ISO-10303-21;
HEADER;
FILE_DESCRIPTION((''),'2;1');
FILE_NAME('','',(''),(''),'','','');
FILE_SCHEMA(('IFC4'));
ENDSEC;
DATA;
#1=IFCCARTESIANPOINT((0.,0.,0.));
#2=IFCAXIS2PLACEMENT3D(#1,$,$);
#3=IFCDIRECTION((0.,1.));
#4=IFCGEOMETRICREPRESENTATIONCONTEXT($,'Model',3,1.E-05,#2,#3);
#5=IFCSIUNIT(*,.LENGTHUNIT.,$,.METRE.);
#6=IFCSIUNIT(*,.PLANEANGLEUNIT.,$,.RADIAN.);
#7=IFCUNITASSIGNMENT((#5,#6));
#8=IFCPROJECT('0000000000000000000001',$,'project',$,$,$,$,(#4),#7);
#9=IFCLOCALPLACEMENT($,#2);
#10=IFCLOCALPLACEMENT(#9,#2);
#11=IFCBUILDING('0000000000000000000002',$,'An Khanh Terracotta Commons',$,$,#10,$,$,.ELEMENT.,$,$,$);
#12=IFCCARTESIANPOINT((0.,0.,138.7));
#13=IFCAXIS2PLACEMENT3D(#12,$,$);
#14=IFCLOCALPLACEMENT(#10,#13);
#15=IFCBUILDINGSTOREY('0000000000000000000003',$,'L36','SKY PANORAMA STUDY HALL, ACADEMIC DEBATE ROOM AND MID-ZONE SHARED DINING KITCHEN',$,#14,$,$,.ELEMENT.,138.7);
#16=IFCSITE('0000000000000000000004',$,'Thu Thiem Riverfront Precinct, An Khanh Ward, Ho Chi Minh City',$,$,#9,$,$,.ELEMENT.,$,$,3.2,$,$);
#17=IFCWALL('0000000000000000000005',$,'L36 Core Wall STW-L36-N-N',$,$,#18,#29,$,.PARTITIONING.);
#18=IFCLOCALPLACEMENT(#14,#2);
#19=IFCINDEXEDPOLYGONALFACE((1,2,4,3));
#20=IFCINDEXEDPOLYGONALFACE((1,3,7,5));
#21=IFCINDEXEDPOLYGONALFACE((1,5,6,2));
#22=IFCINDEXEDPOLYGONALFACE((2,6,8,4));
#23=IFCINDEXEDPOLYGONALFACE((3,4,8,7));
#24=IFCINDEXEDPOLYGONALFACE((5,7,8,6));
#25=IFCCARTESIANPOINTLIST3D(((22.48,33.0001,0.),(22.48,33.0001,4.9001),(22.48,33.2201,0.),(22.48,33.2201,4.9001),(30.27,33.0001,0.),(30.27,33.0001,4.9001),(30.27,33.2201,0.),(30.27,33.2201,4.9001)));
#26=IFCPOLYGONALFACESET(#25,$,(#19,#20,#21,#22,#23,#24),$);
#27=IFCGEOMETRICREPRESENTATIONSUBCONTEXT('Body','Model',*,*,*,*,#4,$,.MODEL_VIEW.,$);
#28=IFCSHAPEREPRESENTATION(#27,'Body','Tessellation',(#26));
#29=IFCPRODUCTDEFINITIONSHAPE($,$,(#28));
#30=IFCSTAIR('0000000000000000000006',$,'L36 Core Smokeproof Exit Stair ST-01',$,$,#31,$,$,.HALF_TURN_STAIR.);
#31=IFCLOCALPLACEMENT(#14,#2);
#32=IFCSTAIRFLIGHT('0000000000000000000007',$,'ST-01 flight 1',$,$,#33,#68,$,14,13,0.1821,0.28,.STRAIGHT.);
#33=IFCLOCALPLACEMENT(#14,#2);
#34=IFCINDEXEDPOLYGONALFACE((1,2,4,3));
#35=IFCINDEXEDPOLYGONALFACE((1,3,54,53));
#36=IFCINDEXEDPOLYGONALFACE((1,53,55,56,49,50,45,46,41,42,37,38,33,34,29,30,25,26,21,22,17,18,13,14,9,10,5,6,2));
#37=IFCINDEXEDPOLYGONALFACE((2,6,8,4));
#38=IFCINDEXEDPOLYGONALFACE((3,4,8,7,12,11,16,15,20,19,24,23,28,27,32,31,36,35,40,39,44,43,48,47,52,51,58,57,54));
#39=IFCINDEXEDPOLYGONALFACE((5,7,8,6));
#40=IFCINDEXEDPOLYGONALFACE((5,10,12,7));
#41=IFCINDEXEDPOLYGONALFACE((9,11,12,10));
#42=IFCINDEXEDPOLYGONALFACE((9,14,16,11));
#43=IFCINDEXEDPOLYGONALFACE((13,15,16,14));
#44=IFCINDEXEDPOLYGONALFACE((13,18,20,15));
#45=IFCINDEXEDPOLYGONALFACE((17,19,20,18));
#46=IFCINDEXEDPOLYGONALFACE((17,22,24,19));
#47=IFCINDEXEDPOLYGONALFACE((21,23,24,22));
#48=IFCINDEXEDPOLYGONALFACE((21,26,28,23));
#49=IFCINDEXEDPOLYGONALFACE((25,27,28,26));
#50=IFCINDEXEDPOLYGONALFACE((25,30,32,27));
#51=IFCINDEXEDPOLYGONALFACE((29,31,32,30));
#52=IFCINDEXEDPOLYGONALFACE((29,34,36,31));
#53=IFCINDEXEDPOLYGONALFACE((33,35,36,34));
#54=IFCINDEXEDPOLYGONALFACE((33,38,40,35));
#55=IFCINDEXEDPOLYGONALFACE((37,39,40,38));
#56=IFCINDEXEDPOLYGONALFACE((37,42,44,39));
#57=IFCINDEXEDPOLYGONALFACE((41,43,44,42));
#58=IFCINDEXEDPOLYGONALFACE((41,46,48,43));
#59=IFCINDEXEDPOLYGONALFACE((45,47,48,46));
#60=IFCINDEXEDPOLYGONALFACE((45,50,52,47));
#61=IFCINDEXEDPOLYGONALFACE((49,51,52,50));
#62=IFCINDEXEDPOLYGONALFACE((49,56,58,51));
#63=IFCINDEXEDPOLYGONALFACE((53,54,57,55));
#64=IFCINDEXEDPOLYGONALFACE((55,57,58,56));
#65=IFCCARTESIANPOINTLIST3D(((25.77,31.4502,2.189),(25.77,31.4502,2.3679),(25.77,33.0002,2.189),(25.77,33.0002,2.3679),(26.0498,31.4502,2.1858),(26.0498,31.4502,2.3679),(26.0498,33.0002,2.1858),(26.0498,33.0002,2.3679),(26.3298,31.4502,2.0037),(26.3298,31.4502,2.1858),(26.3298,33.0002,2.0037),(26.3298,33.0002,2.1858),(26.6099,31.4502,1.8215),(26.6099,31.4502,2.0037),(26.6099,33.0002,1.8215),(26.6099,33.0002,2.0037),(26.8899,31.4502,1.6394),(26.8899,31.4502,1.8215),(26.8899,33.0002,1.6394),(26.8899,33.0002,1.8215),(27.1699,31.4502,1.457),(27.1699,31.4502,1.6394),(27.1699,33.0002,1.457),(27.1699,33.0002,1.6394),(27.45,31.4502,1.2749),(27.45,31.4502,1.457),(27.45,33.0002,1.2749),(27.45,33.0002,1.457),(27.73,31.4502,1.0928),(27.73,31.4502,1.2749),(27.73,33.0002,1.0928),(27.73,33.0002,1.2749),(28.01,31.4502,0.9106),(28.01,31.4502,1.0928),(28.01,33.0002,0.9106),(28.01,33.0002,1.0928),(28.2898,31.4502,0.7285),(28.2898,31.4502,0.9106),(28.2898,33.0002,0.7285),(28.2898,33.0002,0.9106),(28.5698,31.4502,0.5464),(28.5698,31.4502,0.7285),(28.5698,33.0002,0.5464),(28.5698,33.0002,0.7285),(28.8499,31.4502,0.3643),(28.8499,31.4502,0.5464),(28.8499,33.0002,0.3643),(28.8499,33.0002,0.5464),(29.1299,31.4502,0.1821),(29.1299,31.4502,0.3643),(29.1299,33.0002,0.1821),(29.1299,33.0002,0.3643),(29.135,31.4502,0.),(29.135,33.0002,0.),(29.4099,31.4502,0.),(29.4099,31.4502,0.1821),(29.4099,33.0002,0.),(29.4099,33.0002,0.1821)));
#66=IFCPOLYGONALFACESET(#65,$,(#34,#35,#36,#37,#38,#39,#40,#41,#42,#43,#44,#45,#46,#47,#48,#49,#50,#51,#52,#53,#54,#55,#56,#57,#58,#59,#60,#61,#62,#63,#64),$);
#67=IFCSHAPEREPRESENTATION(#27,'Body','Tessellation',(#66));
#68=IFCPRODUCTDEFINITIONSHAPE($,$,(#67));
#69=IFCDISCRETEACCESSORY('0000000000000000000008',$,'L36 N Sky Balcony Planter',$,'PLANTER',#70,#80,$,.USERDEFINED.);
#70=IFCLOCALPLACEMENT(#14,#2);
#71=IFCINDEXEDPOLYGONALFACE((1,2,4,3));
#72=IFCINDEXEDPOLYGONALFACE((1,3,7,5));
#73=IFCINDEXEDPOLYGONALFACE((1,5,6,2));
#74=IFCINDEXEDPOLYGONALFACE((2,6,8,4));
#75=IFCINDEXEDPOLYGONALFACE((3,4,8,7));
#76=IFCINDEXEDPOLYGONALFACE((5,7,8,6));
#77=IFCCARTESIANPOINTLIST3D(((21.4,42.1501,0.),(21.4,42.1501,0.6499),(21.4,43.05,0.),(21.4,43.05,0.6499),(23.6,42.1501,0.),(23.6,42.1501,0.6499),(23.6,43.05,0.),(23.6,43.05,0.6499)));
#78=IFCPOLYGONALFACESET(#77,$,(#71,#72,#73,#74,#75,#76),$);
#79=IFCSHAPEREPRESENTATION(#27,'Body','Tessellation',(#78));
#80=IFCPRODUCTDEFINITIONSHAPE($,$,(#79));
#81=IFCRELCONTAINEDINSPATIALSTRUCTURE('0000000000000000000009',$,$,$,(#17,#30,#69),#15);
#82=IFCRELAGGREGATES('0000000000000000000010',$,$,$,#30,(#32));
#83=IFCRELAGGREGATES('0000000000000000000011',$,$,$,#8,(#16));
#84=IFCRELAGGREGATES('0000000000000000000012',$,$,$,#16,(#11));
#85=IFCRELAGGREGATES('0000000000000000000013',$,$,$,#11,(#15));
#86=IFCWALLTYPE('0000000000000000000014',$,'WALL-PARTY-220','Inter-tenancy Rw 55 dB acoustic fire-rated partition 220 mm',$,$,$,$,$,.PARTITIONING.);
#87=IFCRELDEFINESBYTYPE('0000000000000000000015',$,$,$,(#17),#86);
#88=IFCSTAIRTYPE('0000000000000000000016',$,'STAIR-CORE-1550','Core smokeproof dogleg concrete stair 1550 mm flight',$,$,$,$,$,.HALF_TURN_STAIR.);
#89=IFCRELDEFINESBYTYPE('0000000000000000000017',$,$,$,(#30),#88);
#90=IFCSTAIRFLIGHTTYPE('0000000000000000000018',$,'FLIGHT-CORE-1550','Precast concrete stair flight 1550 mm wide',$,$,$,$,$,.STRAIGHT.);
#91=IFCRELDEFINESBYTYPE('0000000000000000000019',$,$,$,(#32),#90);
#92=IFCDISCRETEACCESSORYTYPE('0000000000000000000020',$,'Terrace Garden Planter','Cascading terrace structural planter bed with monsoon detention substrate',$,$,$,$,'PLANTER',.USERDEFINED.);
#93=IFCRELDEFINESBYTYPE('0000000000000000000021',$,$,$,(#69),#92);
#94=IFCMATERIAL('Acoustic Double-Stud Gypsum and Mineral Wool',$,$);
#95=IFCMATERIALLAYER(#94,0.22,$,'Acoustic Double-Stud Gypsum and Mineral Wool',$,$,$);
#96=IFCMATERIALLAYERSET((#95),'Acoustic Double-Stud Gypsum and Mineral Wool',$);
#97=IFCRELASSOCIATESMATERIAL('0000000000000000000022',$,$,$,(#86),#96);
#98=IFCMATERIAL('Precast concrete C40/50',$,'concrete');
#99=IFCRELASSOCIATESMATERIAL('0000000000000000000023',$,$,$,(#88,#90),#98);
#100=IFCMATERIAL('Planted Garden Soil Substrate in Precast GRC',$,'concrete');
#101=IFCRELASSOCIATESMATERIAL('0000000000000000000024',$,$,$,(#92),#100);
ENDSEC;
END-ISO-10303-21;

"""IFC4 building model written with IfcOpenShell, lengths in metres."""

from ifc_helpers import new_model, si_unit, direction, frame, frame_2d, origin, origin_2d, place, context, subcontext, project, spatial, polyline, rectangle, outline, extrude, material, layer, layer_set, type_object, element, aggregate, save


model = new_model("IFC4")

# Units and contexts
model_context = context("Model", 3, precision=1e-05, world=origin(), true_north=direction((0.0, 1.0)))
body_context = subcontext(model_context, "Body", "Model", "MODEL_VIEW")
ifc_project = project(units=[si_unit("LENGTHUNIT", "METRE"), si_unit("PLANEANGLEUNIT", "RADIAN")], contexts=[model_context])

# Site, building, storey
site_placement = place(None, origin())
site = spatial("IfcSite", under=ifc_project, at=site_placement, Name="Thu Thiem Riverfront Precinct, An Khanh Ward, Ho Chi Minh City", CompositionType="ELEMENT", RefElevation=3.2)
building_placement = place(site_placement, origin())
building = spatial("IfcBuilding", under=site, at=building_placement, Name="An Khanh Terracotta Commons", CompositionType="ELEMENT")
storey_placement = place(building_placement, frame((0.0, 0.0, 138.7)))
storey = spatial("IfcBuildingStorey", under=building, at=storey_placement, Name="L36", Description="SKY PANORAMA STUDY HALL, ACADEMIC DEBATE ROOM AND MID-ZONE SHARED DINING KITCHEN", CompositionType="ELEMENT", Elevation=138.7)

# Shared definitions
ifc_material_1 = material(Name="Precast concrete C40/50", Category="concrete")

# Wall
ifc_material_2 = material(Name="Acoustic Double-Stud Gypsum and Mineral Wool")
ifc_layer_1 = layer(ifc_material_2, 0.22, Name="Acoustic Double-Stud Gypsum and Mineral Wool")
ifc_layer_set_1 = layer_set([ifc_layer_1], Name="Acoustic Double-Stud Gypsum and Mineral Wool")
wall_type_1 = type_object("IfcWallType", Name="WALL-PARTY-220", Description="Inter-tenancy Rw 55 dB acoustic fire-rated partition 220 mm", PredefinedType="PARTITIONING", material=ifc_layer_set_1)
wall_1_placement = place(storey_placement, frame((22.48, 33.1101, 0.0), z_axis=(0.0, 0.0, 1.0), x_axis=(1.0, 0.0, 0.0)))
element("IfcWall", 1, at=wall_1_placement, inside=storey, type_object=wall_type_1, Name="L36 Core Wall STW-L36-N-N", PredefinedType="PARTITIONING", context=body_context, shape_type="SweptSolid", body=[
    extrude(rectangle(XDim=7.79, YDim=0.22, at=frame_2d((3.895, 0.0))), origin(), (0.0, 0.0, 1.0), 4.9001),
])

# Stair, stair flight
stair_type = type_object("IfcStairType", Name="STAIR-CORE-1550", Description="Core smokeproof dogleg concrete stair 1550 mm flight", PredefinedType="HALF_TURN_STAIR", material=ifc_material_1)
stair_placement = place(storey_placement, origin())
stair = element("IfcStair", 2, at=stair_placement, inside=storey, type_object=stair_type, Name="L36 Core Smokeproof Exit Stair ST-01", PredefinedType="HALF_TURN_STAIR")
stair_flight_type = type_object("IfcStairFlightType", Name="FLIGHT-CORE-1550", Description="Precast concrete stair flight 1550 mm wide", PredefinedType="STRAIGHT", material=ifc_material_1)
stair_flight_placement = place(storey_placement, frame((29.4099, 32.2251, 0.0), z_axis=(0.0, 0.0, 1.0), x_axis=(-1.0, 0.0, 0.0)))
stair_flight = element("IfcStairFlight", 3, at=stair_flight_placement, type_object=stair_flight_type, Name="ST-01 flight 1", NumberOfRisers=14, NumberOfTreads=13, PredefinedType="STRAIGHT", RiserHeight=0.1821, TreadLength=0.28, context=body_context, shape_type="SweptSolid", body=[
    extrude(outline(polyline([(0.0, 0.0), (0.0, 0.1821), (0.28, 0.1821), (0.28, 0.3643), (0.5601, 0.3643), (0.5601, 0.5464), (0.8401, 0.5464), (0.8401, 0.7285), (1.1201, 0.7285), (1.1201, 0.9106), (1.3999, 0.9106), (1.3999, 1.0928), (1.6799, 1.0928), (1.6799, 1.2749), (1.96, 1.2749), (1.96, 1.457), (2.24, 1.457), (2.24, 1.6394), (2.52, 1.6394), (2.52, 1.8215), (2.8, 1.8215), (2.8, 2.0037), (3.0801, 2.0037), (3.0801, 2.1858), (3.3601, 2.1858), (3.3601, 2.3679), (3.6399, 2.3679), (3.6399, 2.55), (3.6399, 2.189), (0.2749, 0.0), (0.0, 0.0)])), frame((0.0, 0.7749, 0.0), z_axis=(0.0, -1.0, 0.0), x_axis=(1.0, 0.0, 0.0)), (0.0, 0.0, 1.0), 1.55),
])
aggregate(stair, [stair_flight])

# Discrete accessory
ifc_material_3 = material(Name="Planted Garden Soil Substrate in Precast GRC", Category="concrete")
discrete_accessory_type = type_object("IfcDiscreteAccessoryType", Name="Terrace Garden Planter", Description="Cascading terrace structural planter bed with monsoon detention substrate", ElementType="PLANTER", PredefinedType="USERDEFINED", material=ifc_material_3)
discrete_accessory_placement = place(storey_placement, frame((22.5, 42.6001, 0.0), z_axis=(0.0, 0.0, 1.0), x_axis=(1.0, 0.0, 0.0)))
element("IfcDiscreteAccessory", 4, at=discrete_accessory_placement, inside=storey, type_object=discrete_accessory_type, Name="L36 N Sky Balcony Planter", ObjectType="PLANTER", PredefinedType="USERDEFINED", context=body_context, shape_type="SweptSolid", body=[
    extrude(rectangle(XDim=2.2, YDim=0.8999, at=origin_2d()), origin(), (0.0, 0.0, 1.0), 0.6499),
])

save(model, "model.ifc")
